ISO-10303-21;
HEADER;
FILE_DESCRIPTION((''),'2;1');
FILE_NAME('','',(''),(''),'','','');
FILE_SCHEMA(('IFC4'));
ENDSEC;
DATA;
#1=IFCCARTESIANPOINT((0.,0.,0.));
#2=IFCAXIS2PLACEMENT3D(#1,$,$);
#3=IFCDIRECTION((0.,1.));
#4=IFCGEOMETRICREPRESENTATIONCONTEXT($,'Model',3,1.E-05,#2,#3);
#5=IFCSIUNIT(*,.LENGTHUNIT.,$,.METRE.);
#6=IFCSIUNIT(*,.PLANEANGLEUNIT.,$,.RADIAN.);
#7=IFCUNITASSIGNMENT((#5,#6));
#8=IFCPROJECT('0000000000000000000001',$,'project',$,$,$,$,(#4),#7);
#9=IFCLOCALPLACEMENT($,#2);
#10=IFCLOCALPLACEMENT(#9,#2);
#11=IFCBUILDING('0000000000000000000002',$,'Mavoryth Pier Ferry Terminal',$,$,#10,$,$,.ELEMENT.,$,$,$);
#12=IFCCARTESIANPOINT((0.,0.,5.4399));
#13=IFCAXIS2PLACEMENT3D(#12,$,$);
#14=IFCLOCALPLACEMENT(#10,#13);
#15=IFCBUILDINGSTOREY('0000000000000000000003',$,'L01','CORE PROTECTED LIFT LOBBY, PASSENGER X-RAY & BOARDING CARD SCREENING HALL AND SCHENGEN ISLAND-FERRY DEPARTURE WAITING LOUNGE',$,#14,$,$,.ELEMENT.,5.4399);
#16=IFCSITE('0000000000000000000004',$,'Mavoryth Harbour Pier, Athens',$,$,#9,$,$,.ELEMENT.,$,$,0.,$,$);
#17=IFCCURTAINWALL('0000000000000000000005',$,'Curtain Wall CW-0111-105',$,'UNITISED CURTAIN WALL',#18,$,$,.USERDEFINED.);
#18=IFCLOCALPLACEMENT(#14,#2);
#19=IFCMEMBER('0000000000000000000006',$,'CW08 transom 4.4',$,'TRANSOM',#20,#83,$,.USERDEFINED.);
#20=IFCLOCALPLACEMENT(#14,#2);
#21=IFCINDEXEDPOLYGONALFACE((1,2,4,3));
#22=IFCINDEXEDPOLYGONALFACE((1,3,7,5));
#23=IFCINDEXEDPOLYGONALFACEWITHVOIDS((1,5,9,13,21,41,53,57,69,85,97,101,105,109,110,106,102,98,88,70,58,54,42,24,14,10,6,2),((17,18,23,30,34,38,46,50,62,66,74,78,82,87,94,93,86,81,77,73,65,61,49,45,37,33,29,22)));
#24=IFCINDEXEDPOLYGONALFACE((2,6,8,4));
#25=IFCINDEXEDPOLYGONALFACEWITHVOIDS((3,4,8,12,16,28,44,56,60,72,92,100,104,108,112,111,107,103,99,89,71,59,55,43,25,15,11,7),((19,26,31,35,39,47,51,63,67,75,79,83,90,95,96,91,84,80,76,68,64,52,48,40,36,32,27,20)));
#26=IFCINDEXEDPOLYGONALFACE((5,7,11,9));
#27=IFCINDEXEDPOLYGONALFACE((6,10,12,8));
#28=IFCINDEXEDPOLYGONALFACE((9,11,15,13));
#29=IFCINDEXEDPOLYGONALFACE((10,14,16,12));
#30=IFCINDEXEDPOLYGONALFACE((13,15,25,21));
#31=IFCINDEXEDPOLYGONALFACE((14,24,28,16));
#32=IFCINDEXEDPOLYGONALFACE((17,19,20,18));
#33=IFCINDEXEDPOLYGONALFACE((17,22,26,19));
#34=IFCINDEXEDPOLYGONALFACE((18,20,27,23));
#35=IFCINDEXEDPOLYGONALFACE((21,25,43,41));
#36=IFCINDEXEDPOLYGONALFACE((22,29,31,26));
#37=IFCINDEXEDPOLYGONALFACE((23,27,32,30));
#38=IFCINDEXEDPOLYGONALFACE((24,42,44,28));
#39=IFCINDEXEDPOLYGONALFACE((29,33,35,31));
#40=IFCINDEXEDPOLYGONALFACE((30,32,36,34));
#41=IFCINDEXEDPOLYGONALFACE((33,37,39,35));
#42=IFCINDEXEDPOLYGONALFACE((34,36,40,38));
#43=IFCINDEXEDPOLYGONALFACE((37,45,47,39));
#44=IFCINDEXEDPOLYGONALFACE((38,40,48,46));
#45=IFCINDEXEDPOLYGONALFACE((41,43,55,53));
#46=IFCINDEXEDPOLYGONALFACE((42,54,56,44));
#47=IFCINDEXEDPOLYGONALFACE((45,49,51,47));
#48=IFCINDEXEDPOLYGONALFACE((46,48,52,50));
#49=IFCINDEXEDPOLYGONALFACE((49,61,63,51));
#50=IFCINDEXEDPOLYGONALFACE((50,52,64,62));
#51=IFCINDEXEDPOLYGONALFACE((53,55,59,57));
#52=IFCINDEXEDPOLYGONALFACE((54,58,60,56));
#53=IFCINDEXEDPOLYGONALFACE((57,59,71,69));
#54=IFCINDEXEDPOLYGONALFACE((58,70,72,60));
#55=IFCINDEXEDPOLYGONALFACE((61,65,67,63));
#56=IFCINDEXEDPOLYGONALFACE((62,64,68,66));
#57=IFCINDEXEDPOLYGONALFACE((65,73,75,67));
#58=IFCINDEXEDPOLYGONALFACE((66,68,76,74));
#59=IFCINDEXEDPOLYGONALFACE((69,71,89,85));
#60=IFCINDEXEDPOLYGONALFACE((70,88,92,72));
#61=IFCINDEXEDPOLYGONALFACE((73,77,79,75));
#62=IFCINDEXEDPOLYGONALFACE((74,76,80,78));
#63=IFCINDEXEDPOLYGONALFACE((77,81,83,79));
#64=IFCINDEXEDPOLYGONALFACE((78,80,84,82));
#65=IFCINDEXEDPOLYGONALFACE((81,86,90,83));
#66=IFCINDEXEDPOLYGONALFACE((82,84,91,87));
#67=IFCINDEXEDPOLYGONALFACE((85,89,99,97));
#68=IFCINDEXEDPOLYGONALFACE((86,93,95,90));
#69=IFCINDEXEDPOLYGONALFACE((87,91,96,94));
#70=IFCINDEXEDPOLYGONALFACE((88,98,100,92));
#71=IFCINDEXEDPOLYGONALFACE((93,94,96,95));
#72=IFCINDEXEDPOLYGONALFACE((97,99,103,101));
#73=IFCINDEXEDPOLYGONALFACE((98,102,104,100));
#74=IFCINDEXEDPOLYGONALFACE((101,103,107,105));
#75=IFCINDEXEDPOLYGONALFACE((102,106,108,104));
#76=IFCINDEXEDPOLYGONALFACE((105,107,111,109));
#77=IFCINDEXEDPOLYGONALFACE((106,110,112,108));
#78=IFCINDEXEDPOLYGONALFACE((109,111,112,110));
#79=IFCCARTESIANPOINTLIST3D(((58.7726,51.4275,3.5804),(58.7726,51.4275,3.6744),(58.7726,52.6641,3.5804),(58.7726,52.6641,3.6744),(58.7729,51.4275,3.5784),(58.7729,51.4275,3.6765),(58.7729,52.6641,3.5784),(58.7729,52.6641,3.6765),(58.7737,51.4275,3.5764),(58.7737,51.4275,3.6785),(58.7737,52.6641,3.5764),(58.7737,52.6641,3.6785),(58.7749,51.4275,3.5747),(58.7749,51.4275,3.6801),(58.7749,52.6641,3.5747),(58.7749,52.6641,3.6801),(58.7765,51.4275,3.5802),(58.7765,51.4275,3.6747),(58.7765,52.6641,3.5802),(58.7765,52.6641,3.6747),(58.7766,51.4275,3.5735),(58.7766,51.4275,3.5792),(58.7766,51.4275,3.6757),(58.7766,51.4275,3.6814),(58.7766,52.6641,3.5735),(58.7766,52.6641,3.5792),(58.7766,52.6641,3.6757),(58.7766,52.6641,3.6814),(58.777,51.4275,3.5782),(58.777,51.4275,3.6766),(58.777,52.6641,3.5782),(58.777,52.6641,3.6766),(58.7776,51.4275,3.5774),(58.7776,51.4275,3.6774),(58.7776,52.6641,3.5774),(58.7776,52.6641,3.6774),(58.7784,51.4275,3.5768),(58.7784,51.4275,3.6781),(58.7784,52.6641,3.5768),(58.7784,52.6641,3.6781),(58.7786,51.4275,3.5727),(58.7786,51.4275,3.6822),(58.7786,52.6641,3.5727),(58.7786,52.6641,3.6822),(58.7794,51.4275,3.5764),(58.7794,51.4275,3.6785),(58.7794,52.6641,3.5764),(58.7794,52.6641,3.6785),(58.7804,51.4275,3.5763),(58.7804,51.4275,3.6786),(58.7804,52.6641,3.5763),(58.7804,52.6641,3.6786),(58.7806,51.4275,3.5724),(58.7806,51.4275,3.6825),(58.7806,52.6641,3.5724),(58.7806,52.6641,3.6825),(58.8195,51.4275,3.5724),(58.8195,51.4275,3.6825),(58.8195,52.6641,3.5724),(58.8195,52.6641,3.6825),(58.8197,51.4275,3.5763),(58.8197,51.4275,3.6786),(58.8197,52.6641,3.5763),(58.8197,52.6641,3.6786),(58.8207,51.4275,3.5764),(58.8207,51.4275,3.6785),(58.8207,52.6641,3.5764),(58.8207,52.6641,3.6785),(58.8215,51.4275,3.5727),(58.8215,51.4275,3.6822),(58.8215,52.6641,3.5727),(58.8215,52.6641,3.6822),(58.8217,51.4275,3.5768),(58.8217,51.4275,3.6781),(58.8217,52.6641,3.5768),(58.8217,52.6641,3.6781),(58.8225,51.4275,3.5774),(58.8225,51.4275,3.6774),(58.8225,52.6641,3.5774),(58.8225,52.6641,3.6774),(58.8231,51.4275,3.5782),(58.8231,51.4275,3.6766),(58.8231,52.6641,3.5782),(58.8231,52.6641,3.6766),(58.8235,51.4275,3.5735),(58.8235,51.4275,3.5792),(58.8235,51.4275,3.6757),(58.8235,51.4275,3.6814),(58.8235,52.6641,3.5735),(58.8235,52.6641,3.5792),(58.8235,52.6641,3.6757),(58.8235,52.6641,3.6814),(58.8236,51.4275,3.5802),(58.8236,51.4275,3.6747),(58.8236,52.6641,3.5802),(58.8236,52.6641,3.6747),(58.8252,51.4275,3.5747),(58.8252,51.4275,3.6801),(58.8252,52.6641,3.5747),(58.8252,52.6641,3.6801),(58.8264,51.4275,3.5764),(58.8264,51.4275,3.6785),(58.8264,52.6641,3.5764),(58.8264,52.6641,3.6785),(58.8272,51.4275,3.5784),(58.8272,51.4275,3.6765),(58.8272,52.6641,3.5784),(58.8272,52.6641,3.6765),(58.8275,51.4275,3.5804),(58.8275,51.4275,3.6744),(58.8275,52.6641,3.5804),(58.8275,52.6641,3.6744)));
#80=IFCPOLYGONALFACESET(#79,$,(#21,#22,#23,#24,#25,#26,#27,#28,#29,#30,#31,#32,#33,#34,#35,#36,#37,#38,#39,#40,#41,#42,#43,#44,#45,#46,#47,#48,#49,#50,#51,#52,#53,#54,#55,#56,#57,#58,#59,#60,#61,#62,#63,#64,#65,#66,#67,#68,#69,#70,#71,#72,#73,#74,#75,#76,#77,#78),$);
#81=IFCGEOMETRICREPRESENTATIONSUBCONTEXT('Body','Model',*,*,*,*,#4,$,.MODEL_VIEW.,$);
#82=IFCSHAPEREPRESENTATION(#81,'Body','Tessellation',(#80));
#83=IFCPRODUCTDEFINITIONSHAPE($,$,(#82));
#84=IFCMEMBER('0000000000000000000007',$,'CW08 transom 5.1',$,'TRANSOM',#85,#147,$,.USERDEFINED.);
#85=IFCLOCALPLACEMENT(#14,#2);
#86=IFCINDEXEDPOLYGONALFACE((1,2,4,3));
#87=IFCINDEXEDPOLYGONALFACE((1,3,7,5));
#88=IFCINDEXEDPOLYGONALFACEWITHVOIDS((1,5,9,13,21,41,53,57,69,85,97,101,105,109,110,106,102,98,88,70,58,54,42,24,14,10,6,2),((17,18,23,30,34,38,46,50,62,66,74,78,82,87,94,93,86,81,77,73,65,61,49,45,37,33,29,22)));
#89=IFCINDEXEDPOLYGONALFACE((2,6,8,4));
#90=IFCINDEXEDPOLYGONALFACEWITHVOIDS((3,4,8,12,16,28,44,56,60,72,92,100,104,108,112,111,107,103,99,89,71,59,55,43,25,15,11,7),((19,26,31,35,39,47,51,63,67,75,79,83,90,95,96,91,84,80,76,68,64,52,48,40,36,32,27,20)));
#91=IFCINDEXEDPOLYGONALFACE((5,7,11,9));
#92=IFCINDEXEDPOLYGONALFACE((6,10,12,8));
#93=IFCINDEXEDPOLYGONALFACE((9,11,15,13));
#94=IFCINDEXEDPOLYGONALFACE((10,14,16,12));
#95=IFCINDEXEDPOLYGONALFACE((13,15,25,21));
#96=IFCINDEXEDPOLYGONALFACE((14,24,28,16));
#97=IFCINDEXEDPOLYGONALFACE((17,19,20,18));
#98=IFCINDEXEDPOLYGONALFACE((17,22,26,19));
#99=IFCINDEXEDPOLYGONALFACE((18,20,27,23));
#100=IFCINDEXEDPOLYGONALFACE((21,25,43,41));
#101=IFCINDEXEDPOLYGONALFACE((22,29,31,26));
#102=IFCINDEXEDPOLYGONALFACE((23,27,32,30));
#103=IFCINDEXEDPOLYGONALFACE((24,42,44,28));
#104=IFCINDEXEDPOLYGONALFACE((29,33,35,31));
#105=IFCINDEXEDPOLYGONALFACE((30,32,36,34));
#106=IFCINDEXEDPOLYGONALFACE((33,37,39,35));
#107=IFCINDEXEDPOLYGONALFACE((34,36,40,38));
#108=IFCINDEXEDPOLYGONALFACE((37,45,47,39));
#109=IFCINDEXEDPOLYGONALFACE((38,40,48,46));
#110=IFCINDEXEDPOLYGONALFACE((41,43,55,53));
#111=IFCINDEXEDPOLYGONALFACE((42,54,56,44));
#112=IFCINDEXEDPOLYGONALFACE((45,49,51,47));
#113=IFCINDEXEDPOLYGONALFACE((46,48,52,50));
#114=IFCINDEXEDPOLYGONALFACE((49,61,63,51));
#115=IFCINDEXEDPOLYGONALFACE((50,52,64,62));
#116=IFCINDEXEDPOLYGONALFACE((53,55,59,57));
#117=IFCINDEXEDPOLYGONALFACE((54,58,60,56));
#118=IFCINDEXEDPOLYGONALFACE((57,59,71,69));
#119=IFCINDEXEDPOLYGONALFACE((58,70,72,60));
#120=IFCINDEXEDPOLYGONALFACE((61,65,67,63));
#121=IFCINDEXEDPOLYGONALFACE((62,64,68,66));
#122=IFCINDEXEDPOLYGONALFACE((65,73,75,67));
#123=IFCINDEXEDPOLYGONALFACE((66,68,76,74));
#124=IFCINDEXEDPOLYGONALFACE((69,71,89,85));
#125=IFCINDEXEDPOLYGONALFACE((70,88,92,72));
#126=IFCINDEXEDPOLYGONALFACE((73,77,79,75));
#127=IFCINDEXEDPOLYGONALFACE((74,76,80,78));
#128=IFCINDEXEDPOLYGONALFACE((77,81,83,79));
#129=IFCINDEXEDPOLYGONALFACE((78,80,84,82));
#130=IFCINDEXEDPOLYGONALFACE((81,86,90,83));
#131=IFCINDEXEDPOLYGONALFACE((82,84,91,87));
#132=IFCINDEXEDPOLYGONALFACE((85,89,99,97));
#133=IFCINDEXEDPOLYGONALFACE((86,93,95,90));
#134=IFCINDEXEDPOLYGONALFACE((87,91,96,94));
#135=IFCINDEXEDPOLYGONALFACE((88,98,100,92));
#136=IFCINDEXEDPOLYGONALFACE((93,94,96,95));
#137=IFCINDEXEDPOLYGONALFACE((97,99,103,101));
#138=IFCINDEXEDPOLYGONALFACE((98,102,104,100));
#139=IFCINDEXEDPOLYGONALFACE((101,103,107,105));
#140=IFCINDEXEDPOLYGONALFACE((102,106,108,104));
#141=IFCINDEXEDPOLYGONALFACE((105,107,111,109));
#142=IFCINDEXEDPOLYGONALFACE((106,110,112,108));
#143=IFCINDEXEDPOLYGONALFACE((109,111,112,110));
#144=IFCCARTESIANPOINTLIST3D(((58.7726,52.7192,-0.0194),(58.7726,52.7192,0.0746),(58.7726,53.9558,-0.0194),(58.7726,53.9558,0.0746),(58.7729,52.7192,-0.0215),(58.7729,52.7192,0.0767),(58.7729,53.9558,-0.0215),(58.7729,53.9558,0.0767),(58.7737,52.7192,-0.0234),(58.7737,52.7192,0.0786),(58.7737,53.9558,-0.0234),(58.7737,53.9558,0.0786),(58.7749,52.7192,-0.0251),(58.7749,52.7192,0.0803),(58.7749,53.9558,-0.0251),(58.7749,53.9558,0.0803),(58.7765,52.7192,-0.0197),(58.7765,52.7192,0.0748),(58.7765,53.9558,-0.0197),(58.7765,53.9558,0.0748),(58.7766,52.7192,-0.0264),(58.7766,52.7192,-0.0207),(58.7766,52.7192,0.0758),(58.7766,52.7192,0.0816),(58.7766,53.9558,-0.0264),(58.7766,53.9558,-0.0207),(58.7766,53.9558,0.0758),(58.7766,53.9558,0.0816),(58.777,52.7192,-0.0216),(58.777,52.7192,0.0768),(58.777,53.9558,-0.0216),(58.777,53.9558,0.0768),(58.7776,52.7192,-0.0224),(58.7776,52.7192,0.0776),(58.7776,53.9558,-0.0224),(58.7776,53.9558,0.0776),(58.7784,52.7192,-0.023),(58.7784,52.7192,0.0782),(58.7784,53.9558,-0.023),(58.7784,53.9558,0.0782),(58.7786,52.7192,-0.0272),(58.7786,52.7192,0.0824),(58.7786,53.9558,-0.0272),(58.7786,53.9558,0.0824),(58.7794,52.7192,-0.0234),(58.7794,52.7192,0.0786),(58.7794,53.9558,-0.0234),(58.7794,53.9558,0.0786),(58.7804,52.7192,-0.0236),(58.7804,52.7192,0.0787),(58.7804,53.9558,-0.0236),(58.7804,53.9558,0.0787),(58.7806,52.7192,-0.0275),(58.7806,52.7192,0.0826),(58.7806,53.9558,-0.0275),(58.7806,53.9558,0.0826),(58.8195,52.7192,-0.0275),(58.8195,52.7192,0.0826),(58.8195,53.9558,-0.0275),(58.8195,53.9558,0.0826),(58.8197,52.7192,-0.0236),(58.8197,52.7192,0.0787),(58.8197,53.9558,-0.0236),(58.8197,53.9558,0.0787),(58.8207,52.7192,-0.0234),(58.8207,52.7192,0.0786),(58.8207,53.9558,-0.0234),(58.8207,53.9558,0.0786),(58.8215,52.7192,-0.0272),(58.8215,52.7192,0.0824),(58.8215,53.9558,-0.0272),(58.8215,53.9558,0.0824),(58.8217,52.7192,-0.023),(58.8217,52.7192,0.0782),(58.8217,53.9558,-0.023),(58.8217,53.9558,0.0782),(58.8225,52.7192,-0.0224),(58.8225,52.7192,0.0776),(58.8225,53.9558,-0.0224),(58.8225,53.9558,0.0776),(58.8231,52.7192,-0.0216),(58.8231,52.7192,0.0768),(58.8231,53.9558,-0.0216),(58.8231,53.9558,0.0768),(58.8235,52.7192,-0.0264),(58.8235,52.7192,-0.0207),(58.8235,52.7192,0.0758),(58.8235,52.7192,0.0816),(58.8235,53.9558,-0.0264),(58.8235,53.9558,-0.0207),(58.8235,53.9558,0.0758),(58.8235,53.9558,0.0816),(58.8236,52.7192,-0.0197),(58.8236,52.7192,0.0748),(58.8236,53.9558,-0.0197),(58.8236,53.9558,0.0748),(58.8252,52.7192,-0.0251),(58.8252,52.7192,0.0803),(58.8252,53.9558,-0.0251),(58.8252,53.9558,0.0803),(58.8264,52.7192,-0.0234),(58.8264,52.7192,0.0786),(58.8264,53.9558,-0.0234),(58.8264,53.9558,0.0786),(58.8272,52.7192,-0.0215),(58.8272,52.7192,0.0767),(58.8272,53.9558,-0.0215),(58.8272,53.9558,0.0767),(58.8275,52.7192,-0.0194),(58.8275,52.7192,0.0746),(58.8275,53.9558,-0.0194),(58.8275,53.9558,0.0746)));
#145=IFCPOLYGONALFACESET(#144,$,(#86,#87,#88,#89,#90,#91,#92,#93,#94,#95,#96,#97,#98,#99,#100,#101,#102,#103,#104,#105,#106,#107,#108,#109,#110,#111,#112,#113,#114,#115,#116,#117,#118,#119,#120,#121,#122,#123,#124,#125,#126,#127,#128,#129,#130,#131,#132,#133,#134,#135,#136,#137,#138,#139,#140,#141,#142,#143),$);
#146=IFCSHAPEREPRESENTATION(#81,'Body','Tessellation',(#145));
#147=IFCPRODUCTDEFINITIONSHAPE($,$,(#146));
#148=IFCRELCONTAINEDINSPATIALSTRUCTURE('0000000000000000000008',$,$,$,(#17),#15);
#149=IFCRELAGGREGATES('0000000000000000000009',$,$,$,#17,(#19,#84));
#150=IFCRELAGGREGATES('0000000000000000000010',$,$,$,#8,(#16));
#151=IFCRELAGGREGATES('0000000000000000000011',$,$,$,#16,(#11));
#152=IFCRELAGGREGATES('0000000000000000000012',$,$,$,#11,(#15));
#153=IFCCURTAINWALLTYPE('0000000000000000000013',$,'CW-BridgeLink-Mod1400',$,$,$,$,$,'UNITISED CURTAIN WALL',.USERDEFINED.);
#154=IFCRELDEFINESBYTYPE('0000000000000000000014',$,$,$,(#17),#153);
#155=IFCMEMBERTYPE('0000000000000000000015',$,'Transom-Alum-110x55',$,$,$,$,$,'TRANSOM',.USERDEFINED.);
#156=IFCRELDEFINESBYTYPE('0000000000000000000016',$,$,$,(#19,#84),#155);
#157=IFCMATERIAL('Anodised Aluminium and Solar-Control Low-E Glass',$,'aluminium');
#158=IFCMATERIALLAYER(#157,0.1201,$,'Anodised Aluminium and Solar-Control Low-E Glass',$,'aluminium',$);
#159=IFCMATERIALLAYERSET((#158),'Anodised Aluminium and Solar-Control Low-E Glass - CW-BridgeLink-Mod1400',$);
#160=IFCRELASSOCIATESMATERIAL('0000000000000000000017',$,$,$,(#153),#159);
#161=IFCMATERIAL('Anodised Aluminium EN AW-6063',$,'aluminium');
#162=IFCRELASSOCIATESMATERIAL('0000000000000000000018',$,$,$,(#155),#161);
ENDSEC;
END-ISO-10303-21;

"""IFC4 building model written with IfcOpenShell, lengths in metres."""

from ifc_helpers import new_model, si_unit, direction, frame, origin, origin_2d, place, context, subcontext, project, spatial, hollow_rectangle, extrude, material, layer, layer_set, material_profile, profile_set, type_object, element, aggregate, save


model = new_model("IFC4")

# Units and contexts
model_context = context("Model", 3, precision=1e-05, world=origin(), true_north=direction((0.0, 1.0)))
body_context = subcontext(model_context, "Body", "Model", "MODEL_VIEW")
ifc_project = project(units=[si_unit("LENGTHUNIT", "METRE"), si_unit("PLANEANGLEUNIT", "RADIAN")], contexts=[model_context])

# Site, building, storey
site_placement = place(None, origin())
site = spatial("IfcSite", under=ifc_project, at=site_placement, Name="Mavoryth Harbour Pier, Athens", CompositionType="ELEMENT", RefElevation=0.0)
building_placement = place(site_placement, origin())
building = spatial("IfcBuilding", under=site, at=building_placement, Name="Mavoryth Pier Ferry Terminal", CompositionType="ELEMENT")
storey_placement = place(building_placement, frame((0.0, 0.0, 5.4399)))
storey = spatial("IfcBuildingStorey", under=building, at=storey_placement, Name="L01", Description="CORE PROTECTED LIFT LOBBY, PASSENGER X-RAY & BOARDING CARD SCREENING HALL AND SCHENGEN ISLAND-FERRY DEPARTURE WAITING LOUNGE", CompositionType="ELEMENT", Elevation=5.4399)

# Curtain wall, members
ifc_material_1 = material(Name="Anodised Aluminium and Solar-Control Low-E Glass", Category="aluminium")
ifc_layer_1 = layer(ifc_material_1, 0.1201, Name="Anodised Aluminium and Solar-Control Low-E Glass", Category="aluminium")
ifc_layer_set_1 = layer_set([ifc_layer_1], Name="Anodised Aluminium and Solar-Control Low-E Glass - CW-BridgeLink-Mod1400")
curtain_wall_type = type_object("IfcCurtainWallType", Name="CW-BridgeLink-Mod1400", ElementType="UNITISED CURTAIN WALL", PredefinedType="USERDEFINED", material=ifc_layer_set_1)
curtain_wall_placement = place(storey_placement, origin())
curtain_wall = element("IfcCurtainWall", 1, at=curtain_wall_placement, inside=storey, type_object=curtain_wall_type, Name="Curtain Wall CW-0111-105", ObjectType="UNITISED CURTAIN WALL", PredefinedType="USERDEFINED")
ifc_material_2 = material(Name="Anodised Aluminium EN AW-6063", Category="aluminium")
ifc_material_profile_1 = material_profile(ifc_material_2, hollow_rectangle(XDim=0.0549, YDim=0.1101, WallThickness=0.0039, InnerFilletRadius=0.0039, OuterFilletRadius=0.0081, at=origin_2d()), Name="AL-TRAN 110x55x4", Category="aluminium")
ifc_profile_set_1 = profile_set([ifc_material_profile_1], Name="Anodised Aluminium EN AW-6063 - AL-TRAN 110x55x4")
member_type_1 = type_object("IfcMemberType", Name="Transom-Alum-110x55", ElementType="TRANSOM", PredefinedType="USERDEFINED", material=ifc_profile_set_1)
member_1_placement = place(storey_placement, frame((58.8, 51.4275, 3.6274), z_axis=(0.0, 1.0, 0.0), x_axis=(-1.0, 0.0, 0.0)))
member_1 = element("IfcMember", 2, at=member_1_placement, type_object=member_type_1, Name="CW08 transom 4.4", ObjectType="TRANSOM", PredefinedType="USERDEFINED", context=body_context, shape_type="SweptSolid", body=[
    extrude(hollow_rectangle(XDim=0.0549, YDim=0.1101, WallThickness=0.0039, InnerFilletRadius=0.0039, OuterFilletRadius=0.0081, at=origin_2d()), origin(), (0.0, 0.0, 1.0), 1.2366),
])
member_2_placement = place(storey_placement, frame((58.8, 52.7192, 0.0276), z_axis=(0.0, 1.0, 0.0), x_axis=(-1.0, 0.0, 0.0)))
member_2 = element("IfcMember", 3, at=member_2_placement, type_object=member_type_1, Name="CW08 transom 5.1", ObjectType="TRANSOM", PredefinedType="USERDEFINED", context=body_context, shape_type="SweptSolid", body=[
    extrude(hollow_rectangle(XDim=0.0549, YDim=0.1101, WallThickness=0.0039, InnerFilletRadius=0.0039, OuterFilletRadius=0.0081, at=origin_2d()), origin(), (0.0, 0.0, 1.0), 1.2366),
])
aggregate(curtain_wall, [member_1, member_2])

save(model, "model.ifc")
